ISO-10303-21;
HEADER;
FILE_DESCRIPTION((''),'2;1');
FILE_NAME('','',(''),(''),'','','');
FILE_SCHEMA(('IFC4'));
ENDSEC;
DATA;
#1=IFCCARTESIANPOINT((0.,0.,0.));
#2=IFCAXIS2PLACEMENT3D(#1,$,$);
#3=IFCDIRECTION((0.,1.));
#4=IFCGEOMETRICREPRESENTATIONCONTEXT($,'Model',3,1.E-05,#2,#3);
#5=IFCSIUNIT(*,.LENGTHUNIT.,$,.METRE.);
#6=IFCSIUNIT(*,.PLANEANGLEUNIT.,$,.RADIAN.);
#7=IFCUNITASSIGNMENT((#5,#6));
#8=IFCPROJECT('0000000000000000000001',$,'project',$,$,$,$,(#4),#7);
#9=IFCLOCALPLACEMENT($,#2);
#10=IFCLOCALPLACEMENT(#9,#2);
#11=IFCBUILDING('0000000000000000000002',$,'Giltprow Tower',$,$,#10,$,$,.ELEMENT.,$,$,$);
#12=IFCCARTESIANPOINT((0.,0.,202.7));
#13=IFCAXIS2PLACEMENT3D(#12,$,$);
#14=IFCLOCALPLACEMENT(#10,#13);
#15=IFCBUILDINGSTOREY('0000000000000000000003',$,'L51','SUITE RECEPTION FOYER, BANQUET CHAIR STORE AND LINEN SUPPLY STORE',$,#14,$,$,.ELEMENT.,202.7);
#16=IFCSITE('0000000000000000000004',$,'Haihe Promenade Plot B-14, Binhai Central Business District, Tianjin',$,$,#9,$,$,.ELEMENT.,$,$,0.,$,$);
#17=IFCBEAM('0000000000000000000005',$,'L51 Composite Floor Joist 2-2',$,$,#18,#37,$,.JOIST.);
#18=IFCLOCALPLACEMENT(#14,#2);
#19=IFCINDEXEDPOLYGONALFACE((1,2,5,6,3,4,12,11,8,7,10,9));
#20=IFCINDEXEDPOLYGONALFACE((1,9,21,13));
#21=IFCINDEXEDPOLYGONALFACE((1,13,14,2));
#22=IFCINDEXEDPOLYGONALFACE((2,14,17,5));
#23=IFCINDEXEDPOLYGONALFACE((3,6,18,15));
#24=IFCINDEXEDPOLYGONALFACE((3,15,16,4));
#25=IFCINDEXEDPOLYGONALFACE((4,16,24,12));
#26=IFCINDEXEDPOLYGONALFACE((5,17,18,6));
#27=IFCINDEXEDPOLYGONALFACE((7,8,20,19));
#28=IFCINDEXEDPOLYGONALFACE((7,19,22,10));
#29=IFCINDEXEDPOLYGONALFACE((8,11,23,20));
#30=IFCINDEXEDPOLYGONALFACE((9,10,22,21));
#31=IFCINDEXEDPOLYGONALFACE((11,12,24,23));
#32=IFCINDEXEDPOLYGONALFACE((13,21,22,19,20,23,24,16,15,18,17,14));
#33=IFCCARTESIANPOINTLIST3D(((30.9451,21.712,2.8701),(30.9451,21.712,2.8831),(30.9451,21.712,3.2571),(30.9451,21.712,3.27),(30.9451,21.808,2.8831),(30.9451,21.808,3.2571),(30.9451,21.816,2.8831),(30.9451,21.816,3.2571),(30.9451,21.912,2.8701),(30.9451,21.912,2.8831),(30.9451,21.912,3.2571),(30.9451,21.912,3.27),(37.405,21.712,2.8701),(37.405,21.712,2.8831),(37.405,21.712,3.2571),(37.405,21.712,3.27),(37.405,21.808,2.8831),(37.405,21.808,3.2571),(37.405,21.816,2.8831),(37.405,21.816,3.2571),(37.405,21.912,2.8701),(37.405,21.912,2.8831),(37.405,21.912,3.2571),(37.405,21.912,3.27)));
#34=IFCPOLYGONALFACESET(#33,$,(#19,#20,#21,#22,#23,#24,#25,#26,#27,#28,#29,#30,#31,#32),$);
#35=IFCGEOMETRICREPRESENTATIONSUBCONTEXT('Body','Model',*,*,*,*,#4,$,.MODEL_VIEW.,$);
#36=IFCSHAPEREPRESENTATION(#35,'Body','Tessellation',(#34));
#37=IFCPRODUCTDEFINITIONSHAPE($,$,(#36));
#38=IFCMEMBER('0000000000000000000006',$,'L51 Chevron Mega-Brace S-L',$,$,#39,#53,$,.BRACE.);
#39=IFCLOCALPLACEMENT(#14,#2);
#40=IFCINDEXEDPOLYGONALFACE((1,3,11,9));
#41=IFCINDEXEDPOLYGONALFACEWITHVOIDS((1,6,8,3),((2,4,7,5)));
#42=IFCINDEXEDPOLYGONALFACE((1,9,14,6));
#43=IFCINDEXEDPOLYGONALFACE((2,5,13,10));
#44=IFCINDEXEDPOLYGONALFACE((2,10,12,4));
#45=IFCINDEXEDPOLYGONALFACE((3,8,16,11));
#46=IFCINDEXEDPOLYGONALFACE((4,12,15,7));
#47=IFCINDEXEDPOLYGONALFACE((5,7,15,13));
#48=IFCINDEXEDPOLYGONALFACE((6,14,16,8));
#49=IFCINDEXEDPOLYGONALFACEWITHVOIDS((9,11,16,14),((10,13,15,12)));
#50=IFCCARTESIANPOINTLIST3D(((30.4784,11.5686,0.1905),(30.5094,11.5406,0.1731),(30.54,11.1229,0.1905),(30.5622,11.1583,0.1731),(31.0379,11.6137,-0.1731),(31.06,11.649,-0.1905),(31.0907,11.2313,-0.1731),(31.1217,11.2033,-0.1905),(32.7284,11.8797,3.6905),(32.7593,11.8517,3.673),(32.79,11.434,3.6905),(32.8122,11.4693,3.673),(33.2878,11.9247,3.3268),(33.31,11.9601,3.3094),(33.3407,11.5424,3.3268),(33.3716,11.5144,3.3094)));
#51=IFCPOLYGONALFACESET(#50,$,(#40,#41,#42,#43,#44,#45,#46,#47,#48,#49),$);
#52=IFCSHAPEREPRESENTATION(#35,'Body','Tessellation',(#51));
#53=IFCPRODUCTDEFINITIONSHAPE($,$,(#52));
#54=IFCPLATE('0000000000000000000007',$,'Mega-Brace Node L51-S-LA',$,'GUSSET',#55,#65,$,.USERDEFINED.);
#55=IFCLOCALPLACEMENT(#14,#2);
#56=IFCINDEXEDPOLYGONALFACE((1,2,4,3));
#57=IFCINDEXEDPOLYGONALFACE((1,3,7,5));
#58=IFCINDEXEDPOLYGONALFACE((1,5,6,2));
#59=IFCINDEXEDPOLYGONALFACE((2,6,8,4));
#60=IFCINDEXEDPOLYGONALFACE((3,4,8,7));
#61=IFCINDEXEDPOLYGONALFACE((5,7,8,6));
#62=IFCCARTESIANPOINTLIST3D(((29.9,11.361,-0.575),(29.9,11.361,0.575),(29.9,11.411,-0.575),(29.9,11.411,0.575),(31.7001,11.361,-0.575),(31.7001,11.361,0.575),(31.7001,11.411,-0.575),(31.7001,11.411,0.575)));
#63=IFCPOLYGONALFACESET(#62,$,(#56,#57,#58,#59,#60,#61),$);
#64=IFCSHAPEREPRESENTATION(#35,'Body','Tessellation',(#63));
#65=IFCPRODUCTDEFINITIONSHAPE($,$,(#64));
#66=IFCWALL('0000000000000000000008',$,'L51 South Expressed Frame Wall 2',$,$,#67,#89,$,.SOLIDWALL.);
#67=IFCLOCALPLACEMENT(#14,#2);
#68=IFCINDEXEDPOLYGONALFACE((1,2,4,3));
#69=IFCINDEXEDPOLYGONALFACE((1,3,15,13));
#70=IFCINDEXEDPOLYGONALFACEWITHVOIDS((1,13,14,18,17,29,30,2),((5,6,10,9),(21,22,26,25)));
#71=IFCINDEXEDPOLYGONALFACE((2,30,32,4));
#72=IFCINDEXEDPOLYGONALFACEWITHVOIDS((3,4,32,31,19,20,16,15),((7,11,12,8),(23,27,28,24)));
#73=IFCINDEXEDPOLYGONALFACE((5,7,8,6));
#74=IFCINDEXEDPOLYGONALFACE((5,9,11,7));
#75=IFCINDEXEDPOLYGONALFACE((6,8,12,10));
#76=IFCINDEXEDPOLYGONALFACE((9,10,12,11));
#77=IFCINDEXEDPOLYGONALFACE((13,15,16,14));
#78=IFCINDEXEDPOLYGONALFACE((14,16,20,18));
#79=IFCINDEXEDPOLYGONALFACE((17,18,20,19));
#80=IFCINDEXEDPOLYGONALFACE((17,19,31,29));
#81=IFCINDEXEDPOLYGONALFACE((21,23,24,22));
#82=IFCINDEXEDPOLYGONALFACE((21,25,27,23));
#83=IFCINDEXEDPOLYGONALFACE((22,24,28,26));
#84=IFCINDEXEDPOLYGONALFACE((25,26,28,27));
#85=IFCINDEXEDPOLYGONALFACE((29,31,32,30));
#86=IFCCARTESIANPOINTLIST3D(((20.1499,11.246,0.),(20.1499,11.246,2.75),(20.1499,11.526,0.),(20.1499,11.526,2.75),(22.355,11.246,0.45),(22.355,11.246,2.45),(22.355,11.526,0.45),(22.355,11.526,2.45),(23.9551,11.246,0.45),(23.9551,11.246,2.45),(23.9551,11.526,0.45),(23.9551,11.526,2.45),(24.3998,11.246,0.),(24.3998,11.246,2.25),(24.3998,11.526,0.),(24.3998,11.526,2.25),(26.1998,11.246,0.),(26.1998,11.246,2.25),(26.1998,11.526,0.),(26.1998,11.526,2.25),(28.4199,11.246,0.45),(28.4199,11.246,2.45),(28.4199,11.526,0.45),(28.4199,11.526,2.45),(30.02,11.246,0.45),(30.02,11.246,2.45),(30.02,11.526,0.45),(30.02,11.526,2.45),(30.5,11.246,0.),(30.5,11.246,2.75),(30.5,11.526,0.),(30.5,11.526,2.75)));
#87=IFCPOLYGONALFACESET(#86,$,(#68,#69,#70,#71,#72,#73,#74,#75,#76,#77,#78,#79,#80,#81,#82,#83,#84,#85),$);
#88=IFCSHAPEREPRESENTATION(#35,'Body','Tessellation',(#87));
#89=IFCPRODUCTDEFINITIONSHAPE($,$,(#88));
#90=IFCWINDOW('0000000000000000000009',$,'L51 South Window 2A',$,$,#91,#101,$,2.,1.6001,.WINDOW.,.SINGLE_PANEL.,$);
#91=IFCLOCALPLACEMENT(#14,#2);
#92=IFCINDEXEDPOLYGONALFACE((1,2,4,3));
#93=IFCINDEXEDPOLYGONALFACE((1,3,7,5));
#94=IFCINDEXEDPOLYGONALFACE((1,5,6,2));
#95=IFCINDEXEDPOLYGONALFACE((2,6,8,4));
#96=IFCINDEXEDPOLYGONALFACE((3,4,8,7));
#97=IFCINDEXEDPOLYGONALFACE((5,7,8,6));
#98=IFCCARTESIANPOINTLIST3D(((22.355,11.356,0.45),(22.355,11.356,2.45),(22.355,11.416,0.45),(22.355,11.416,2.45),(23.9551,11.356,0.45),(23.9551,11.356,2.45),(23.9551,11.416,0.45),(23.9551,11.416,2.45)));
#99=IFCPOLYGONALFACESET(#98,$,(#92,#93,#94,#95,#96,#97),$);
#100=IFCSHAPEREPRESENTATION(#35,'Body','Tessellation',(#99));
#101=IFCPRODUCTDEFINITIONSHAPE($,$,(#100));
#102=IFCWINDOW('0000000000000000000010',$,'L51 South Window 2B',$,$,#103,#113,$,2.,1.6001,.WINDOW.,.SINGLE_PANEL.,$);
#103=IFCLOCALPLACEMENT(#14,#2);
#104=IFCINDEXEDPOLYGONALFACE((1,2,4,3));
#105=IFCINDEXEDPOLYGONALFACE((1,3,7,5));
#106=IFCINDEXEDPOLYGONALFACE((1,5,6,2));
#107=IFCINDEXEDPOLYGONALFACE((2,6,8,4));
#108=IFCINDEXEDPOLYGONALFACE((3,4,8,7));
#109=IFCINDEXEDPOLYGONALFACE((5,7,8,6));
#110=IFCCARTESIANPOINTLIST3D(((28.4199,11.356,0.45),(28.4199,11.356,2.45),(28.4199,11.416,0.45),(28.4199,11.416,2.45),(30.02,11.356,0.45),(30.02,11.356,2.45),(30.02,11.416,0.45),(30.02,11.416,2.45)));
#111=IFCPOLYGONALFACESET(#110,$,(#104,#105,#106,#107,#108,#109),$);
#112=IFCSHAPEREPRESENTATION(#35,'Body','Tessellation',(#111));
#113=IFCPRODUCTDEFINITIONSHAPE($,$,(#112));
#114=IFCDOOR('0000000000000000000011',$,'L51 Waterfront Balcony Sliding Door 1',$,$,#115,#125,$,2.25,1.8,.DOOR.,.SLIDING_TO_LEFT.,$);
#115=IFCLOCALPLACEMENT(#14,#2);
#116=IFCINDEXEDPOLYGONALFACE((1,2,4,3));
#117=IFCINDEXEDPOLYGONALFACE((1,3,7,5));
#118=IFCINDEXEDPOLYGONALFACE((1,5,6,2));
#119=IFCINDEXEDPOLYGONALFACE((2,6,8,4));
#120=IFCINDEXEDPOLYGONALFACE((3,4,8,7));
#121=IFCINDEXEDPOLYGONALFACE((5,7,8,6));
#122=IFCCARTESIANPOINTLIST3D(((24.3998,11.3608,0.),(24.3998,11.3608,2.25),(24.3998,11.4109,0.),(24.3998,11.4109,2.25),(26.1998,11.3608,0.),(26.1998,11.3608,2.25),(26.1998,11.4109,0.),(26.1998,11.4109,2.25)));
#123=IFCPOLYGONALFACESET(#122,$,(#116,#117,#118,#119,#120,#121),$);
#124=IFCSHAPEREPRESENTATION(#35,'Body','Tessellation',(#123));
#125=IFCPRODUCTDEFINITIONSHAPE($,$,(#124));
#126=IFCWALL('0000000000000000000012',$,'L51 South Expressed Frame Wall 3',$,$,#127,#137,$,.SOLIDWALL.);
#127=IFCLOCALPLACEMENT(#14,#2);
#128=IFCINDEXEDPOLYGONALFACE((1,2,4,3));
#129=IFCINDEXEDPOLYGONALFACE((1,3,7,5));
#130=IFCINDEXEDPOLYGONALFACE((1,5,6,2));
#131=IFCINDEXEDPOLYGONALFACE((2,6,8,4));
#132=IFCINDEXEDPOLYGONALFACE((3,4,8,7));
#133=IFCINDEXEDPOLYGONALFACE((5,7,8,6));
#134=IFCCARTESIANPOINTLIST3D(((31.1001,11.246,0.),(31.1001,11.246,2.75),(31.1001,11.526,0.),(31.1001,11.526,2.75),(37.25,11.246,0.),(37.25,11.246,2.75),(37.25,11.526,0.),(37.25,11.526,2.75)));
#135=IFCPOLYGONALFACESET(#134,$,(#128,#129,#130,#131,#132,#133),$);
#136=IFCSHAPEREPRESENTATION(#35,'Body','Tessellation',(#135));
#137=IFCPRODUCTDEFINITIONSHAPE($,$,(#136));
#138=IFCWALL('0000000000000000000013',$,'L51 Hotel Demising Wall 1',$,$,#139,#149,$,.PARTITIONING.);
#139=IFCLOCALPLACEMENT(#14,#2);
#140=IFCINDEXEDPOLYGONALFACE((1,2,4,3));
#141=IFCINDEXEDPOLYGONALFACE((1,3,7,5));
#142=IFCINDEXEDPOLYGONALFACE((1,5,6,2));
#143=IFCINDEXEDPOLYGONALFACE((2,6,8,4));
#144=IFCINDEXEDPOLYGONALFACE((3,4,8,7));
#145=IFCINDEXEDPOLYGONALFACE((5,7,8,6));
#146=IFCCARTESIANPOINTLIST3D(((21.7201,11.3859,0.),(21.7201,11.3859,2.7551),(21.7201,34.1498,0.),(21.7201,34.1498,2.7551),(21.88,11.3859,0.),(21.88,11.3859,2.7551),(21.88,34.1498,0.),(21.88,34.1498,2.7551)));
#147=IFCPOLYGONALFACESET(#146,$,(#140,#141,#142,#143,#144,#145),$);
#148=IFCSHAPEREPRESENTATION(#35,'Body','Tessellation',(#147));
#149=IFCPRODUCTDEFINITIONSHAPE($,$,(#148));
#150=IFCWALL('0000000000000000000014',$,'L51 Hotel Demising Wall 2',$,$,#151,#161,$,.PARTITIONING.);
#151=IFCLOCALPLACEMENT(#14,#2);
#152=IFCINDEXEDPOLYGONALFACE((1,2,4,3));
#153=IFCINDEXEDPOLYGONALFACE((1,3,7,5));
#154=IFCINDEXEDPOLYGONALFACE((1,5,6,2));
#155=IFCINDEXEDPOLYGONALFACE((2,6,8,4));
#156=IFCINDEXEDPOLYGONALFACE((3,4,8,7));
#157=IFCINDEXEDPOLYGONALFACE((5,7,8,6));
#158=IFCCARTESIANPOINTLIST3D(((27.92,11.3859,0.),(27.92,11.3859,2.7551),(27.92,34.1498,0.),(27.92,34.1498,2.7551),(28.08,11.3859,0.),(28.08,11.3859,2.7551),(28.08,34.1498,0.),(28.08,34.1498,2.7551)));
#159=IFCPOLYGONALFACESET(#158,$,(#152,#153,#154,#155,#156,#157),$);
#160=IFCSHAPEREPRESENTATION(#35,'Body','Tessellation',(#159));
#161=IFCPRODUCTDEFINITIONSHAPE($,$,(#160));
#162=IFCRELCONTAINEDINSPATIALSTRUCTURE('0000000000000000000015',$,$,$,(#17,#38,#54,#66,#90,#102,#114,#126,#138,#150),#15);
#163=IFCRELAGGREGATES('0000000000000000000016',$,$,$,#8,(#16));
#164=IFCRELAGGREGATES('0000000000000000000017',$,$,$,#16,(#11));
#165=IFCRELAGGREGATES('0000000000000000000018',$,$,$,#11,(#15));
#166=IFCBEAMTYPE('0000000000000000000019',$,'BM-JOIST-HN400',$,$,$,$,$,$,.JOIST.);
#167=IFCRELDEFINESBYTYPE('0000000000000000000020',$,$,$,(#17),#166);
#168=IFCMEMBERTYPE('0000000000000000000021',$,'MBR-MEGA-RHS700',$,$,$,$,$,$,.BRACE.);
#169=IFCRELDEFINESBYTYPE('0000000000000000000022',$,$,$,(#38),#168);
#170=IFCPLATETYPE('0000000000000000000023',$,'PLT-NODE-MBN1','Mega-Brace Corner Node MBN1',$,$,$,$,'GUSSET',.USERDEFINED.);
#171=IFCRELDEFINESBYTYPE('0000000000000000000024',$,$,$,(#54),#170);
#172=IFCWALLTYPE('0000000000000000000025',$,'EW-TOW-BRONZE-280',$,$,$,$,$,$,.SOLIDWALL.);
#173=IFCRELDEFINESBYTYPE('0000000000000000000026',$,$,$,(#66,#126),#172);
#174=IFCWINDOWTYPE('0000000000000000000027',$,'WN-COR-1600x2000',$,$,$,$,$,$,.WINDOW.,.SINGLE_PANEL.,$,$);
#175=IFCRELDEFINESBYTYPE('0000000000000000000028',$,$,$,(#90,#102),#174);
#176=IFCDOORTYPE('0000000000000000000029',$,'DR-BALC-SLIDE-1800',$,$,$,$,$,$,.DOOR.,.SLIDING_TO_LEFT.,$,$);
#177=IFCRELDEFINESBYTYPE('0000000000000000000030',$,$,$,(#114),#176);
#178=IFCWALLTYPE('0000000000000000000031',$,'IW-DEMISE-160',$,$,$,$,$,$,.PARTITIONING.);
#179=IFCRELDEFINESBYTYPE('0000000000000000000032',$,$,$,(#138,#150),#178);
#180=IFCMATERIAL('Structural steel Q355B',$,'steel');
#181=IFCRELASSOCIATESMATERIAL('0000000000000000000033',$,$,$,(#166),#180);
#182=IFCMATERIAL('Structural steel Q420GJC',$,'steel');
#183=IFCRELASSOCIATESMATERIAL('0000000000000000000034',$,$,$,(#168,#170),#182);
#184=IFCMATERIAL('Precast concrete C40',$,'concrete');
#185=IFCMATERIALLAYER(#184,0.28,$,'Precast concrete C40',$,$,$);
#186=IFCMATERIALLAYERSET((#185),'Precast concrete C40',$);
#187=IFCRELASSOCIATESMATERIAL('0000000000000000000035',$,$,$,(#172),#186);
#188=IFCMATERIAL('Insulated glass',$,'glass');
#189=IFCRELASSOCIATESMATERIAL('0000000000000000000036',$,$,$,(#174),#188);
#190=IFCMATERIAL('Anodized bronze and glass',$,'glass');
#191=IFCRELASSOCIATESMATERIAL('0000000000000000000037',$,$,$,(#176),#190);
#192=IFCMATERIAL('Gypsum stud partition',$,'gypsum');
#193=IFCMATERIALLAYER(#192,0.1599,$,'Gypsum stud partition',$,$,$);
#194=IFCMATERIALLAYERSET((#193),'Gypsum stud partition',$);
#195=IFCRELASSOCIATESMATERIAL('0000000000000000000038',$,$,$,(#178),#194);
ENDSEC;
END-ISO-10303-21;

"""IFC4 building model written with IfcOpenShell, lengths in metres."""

from ifc_helpers import new_model, si_unit, direction, frame, frame_2d, origin, origin_2d, place, context, subcontext, project, spatial, rectangle, hollow_rectangle, i_section, extrude, source, transform, mapped, material, layer, layer_set, material_profile, profile_set, type_object, element, fill, save


model = new_model("IFC4")

# Units and contexts
model_context = context("Model", 3, precision=1e-05, world=origin(), true_north=direction((0.0, 1.0)))
body_context = subcontext(model_context, "Body", "Model", "MODEL_VIEW")
ifc_project = project(units=[si_unit("LENGTHUNIT", "METRE"), si_unit("PLANEANGLEUNIT", "RADIAN")], contexts=[model_context])

# Site, building, storey
site_placement = place(None, origin())
site = spatial("IfcSite", under=ifc_project, at=site_placement, Name="Haihe Promenade Plot B-14, Binhai Central Business District, Tianjin", CompositionType="ELEMENT", RefElevation=0.0)
building_placement = place(site_placement, origin())
building = spatial("IfcBuilding", under=site, at=building_placement, Name="Giltprow Tower", CompositionType="ELEMENT")
storey_placement = place(building_placement, frame((0.0, 0.0, 202.7)))
storey = spatial("IfcBuildingStorey", under=building, at=storey_placement, Name="L51", Description="SUITE RECEPTION FOYER, BANQUET CHAIR STORE AND LINEN SUPPLY STORE", CompositionType="ELEMENT", Elevation=202.7)

# Shared definitions
ifc_material_1 = material(Name="Structural steel Q355B", Category="steel")

# Beam
ifc_material_profile_1 = material_profile(ifc_material_1, i_section(OverallWidth=0.2, OverallDepth=0.3999, WebThickness=0.0081, FlangeThickness=0.0129, at=origin_2d()), Name="HN 400x200x8x13")
ifc_profile_set_1 = profile_set([ifc_material_profile_1], Name="Structural steel Q355B")
beam_type_1 = type_object("IfcBeamType", Name="BM-JOIST-HN400", PredefinedType="JOIST", material=ifc_profile_set_1)
shared_shape_1 = source(origin(), body_context, "Body", "SweptSolid", [
    extrude(i_section(OverallWidth=0.2, OverallDepth=0.3999, WebThickness=0.0081, FlangeThickness=0.0129, at=origin_2d()), origin(), (0.0, 0.0, 1.0), 6.46),
])
for number, where, z_axis, x_axis, name in (
    (1, (30.9451, 21.812, 3.0701), (1.0, 0.0, 0.0), (0.0, 1.0, 0.0), "L51 Composite Floor Joist 2-2"),
):
    element("IfcBeam", number, at=place(storey_placement, frame(where, z_axis=z_axis, x_axis=x_axis)), inside=storey, type_object=beam_type_1, Name=name, PredefinedType="JOIST", context=body_context, shape_type="MappedRepresentation", body=[
        mapped(shared_shape_1, transform((0.0, 0.0, 0.0), x_axis=(1.0, 0.0, 0.0), y_axis=(0.0, 1.0, 0.0), z_axis=(0.0, 0.0, 1.0), scale=1.0)),
    ])

# Member
ifc_material_2 = material(Name="Structural steel Q420GJC", Category="steel")
ifc_material_profile_2 = material_profile(ifc_material_2, hollow_rectangle(XDim=0.45, YDim=0.7, WallThickness=0.032, at=origin_2d()), Name="RHS 700x450x32")
ifc_profile_set_2 = profile_set([ifc_material_profile_2], Name="Structural steel Q420GJC")
member_type = type_object("IfcMemberType", Name="MBR-MEGA-RHS700", PredefinedType="BRACE", material=ifc_profile_set_2)
shared_shape_2 = source(origin(), body_context, "Body", "SweptSolid", [
    extrude(hollow_rectangle(XDim=0.45, YDim=0.7, WallThickness=0.032, at=origin_2d()), origin(), (0.0, 0.0, 1.0), 4.1724),
])
member_placement = place(storey_placement, frame((30.8, 11.386, 0.0), z_axis=(0.539253, 0.074545, 0.838838), x_axis=(-0.136936, 0.99058, 0.0)))
element("IfcMember", 2, at=member_placement, inside=storey, type_object=member_type, Name="L51 Chevron Mega-Brace S-L", PredefinedType="BRACE", context=body_context, shape_type="MappedRepresentation", body=[
    mapped(shared_shape_2, transform((0.0, 0.0, 0.0), x_axis=(1.0, 0.0, 0.0), y_axis=(0.0, 1.0, 0.0), z_axis=(0.0, 0.0, 1.0), scale=1.0)),
])

# Plate
plate_type = type_object("IfcPlateType", Name="PLT-NODE-MBN1", Description="Mega-Brace Corner Node MBN1", ElementType="GUSSET", PredefinedType="USERDEFINED", material=ifc_material_2)
shared_shape_3 = source(origin(), body_context, "Body", "SweptSolid", [
    extrude(rectangle(XDim=1.8, YDim=0.05, at=origin_2d()), origin(), (0.0, 0.0, 1.0), 1.1499),
])
plate_placement = place(storey_placement, frame((30.8, 11.386, -0.575), z_axis=(0.0, 0.0, 1.0), x_axis=(1.0, 0.0, 0.0)))
element("IfcPlate", 3, at=plate_placement, inside=storey, type_object=plate_type, Name="Mega-Brace Node L51-S-LA", ObjectType="GUSSET", PredefinedType="USERDEFINED", context=body_context, shape_type="MappedRepresentation", body=[
    mapped(shared_shape_3, transform((0.0, 0.0, 0.0), x_axis=(1.0, 0.0, 0.0), y_axis=(0.0, 1.0, 0.0), z_axis=(0.0, 0.0, 1.0), scale=1.0)),
])

# Wall, openings, windows, door
ifc_material_3 = material(Name="Precast concrete C40", Category="concrete")
ifc_layer_1 = layer(ifc_material_3, 0.28, Name="Precast concrete C40")
ifc_layer_set_1 = layer_set([ifc_layer_1], Name="Precast concrete C40")
wall_type_1 = type_object("IfcWallType", Name="EW-TOW-BRONZE-280", PredefinedType="SOLIDWALL", material=ifc_layer_set_1)
wall_1_placement = place(storey_placement, frame((20.1499, 11.386, 0.0), z_axis=(0.0, 0.0, 1.0), x_axis=(1.0, 0.0, 0.0)))
wall_1 = element("IfcWall", 4, at=wall_1_placement, inside=storey, type_object=wall_type_1, Name="L51 South Expressed Frame Wall 2", PredefinedType="SOLIDWALL", context=body_context, shape_type="SweptSolid", body=[
    extrude(rectangle(XDim=10.3501, YDim=0.28, at=frame_2d((5.175, 0.0))), origin(), (0.0, 0.0, 1.0), 2.75),
])
opening_1_placement = place(wall_1_placement, frame((4.25, 0.0, 0.0)))
opening_1 = element("IfcOpeningElement", 5, at=opening_1_placement, cuts=wall_1, PredefinedType="OPENING", context=body_context, shape_type="SweptSolid", body=[
    extrude(rectangle(XDim=1.8, YDim=2.25, at=frame_2d((0.8999, 1.125))), frame((0.0, 0.1499, 0.0), z_axis=(0.0, -1.0, 0.0), x_axis=(1.0, 0.0, 0.0)), (0.0, 0.0, 1.0), 0.3),
])
opening_2_placement = place(wall_1_placement, frame((2.2051, 0.0, 0.45)))
opening_2 = element("IfcOpeningElement", 6, at=opening_2_placement, cuts=wall_1, PredefinedType="OPENING", context=body_context, shape_type="SweptSolid", body=[
    extrude(rectangle(XDim=1.6001, YDim=2.0, at=frame_2d((0.8, 1.0))), frame((0.0, 0.1499, 0.0), z_axis=(0.0, -1.0, 0.0), x_axis=(1.0, 0.0, 0.0)), (0.0, 0.0, 1.0), 0.3),
])
opening_3_placement = place(wall_1_placement, frame((8.27, 0.0, 0.45)))
opening_3 = element("IfcOpeningElement", 7, at=opening_3_placement, cuts=wall_1, PredefinedType="OPENING", context=body_context, shape_type="SweptSolid", body=[
    extrude(rectangle(XDim=1.6001, YDim=2.0, at=frame_2d((0.8, 1.0))), frame((0.0, 0.1499, 0.0), z_axis=(0.0, -1.0, 0.0), x_axis=(1.0, 0.0, 0.0)), (0.0, 0.0, 1.0), 0.3),
])
ifc_material_4 = material(Name="Insulated glass", Category="glass")
window_type = type_object("IfcWindowType", Name="WN-COR-1600x2000", PartitioningType="SINGLE_PANEL", PredefinedType="WINDOW", material=ifc_material_4)
shared_shape_4 = source(origin(), body_context, "Body", "SweptSolid", [
    extrude(rectangle(XDim=1.6001, YDim=2.0, at=frame_2d((0.8, 1.0))), frame((0.0, 0.03, 0.0), z_axis=(0.0, -1.0, 0.0), x_axis=(1.0, 0.0, 0.0)), (0.0, 0.0, 1.0), 0.0601),
])
window_1_placement = place(opening_2_placement, origin())
window_1 = element("IfcWindow", 8, at=window_1_placement, inside=storey, type_object=window_type, Name="L51 South Window 2A", OverallHeight=2.0, OverallWidth=1.6001, PartitioningType="SINGLE_PANEL", PredefinedType="WINDOW", context=body_context, shape_type="MappedRepresentation", body=[
    mapped(shared_shape_4, transform((0.0, 0.0, 0.0), x_axis=(1.0, 0.0, 0.0), y_axis=(0.0, 1.0, 0.0), z_axis=(0.0, 0.0, 1.0), scale=1.0)),
])
fill(opening_2, window_1)
window_2_placement = place(opening_3_placement, origin())
window_2 = element("IfcWindow", 9, at=window_2_placement, inside=storey, type_object=window_type, Name="L51 South Window 2B", OverallHeight=2.0, OverallWidth=1.6001, PartitioningType="SINGLE_PANEL", PredefinedType="WINDOW", context=body_context, shape_type="MappedRepresentation", body=[
    mapped(shared_shape_4, transform((0.0, 0.0, 0.0), x_axis=(1.0, 0.0, 0.0), y_axis=(0.0, 1.0, 0.0), z_axis=(0.0, 0.0, 1.0), scale=1.0)),
])
fill(opening_3, window_2)
ifc_material_5 = material(Name="Anodized bronze and glass", Category="glass")
door_type_1 = type_object("IfcDoorType", Name="DR-BALC-SLIDE-1800", OperationType="SLIDING_TO_LEFT", PredefinedType="DOOR", material=ifc_material_5)
shared_shape_5 = source(origin(), body_context, "Body", "SweptSolid", [
    extrude(rectangle(XDim=1.8, YDim=2.25, at=frame_2d((0.8999, 1.125))), frame((0.0, 0.0249, 0.0), z_axis=(0.0, -1.0, 0.0), x_axis=(1.0, 0.0, 0.0)), (0.0, 0.0, 1.0), 0.05),
])
door_1_placement = place(opening_1_placement, origin())
door_1 = element("IfcDoor", 10, at=door_1_placement, inside=storey, type_object=door_type_1, Name="L51 Waterfront Balcony Sliding Door 1", OperationType="SLIDING_TO_LEFT", OverallHeight=2.25, OverallWidth=1.8, PredefinedType="DOOR", context=body_context, shape_type="MappedRepresentation", body=[
    mapped(shared_shape_5, transform((0.0, 0.0, 0.0), x_axis=(1.0, 0.0, 0.0), y_axis=(0.0, 1.0, 0.0), z_axis=(0.0, 0.0, 1.0), scale=1.0)),
])
fill(opening_1, door_1)

# Walls
wall_2_placement = place(storey_placement, frame((31.1001, 11.386, 0.0), z_axis=(0.0, 0.0, 1.0), x_axis=(1.0, 0.0, 0.0)))
element("IfcWall", 11, at=wall_2_placement, inside=storey, type_object=wall_type_1, Name="L51 South Expressed Frame Wall 3", PredefinedType="SOLIDWALL", context=body_context, shape_type="SweptSolid", body=[
    extrude(rectangle(XDim=6.1499, YDim=0.28, at=frame_2d((3.075, 0.0))), origin(), (0.0, 0.0, 1.0), 2.75),
])
ifc_material_6 = material(Name="Gypsum stud partition", Category="gypsum")
ifc_layer_2 = layer(ifc_material_6, 0.1599, Name="Gypsum stud partition")
ifc_layer_set_2 = layer_set([ifc_layer_2], Name="Gypsum stud partition")
wall_type_2 = type_object("IfcWallType", Name="IW-DEMISE-160", PredefinedType="PARTITIONING", material=ifc_layer_set_2)
for number, where, z_axis, x_axis, name in (
    (12, (21.8, 11.386, 0.0), (0.0, 0.0, 1.0), (0.0, 1.0, 0.0), "L51 Hotel Demising Wall 1"),
    (13, (28.0, 11.386, 0.0), (0.0, 0.0, 1.0), (0.0, 1.0, 0.0), "L51 Hotel Demising Wall 2"),
):
    element("IfcWall", number, at=place(storey_placement, frame(where, z_axis=z_axis, x_axis=x_axis)), inside=storey, type_object=wall_type_2, Name=name, PredefinedType="PARTITIONING", context=body_context, shape_type="SweptSolid", body=[
        extrude(rectangle(XDim=22.7639, YDim=0.1599, at=frame_2d((11.3818, 0.0))), origin(), (0.0, 0.0, 1.0), 2.7551),
    ])

save(model, "model.ifc")
